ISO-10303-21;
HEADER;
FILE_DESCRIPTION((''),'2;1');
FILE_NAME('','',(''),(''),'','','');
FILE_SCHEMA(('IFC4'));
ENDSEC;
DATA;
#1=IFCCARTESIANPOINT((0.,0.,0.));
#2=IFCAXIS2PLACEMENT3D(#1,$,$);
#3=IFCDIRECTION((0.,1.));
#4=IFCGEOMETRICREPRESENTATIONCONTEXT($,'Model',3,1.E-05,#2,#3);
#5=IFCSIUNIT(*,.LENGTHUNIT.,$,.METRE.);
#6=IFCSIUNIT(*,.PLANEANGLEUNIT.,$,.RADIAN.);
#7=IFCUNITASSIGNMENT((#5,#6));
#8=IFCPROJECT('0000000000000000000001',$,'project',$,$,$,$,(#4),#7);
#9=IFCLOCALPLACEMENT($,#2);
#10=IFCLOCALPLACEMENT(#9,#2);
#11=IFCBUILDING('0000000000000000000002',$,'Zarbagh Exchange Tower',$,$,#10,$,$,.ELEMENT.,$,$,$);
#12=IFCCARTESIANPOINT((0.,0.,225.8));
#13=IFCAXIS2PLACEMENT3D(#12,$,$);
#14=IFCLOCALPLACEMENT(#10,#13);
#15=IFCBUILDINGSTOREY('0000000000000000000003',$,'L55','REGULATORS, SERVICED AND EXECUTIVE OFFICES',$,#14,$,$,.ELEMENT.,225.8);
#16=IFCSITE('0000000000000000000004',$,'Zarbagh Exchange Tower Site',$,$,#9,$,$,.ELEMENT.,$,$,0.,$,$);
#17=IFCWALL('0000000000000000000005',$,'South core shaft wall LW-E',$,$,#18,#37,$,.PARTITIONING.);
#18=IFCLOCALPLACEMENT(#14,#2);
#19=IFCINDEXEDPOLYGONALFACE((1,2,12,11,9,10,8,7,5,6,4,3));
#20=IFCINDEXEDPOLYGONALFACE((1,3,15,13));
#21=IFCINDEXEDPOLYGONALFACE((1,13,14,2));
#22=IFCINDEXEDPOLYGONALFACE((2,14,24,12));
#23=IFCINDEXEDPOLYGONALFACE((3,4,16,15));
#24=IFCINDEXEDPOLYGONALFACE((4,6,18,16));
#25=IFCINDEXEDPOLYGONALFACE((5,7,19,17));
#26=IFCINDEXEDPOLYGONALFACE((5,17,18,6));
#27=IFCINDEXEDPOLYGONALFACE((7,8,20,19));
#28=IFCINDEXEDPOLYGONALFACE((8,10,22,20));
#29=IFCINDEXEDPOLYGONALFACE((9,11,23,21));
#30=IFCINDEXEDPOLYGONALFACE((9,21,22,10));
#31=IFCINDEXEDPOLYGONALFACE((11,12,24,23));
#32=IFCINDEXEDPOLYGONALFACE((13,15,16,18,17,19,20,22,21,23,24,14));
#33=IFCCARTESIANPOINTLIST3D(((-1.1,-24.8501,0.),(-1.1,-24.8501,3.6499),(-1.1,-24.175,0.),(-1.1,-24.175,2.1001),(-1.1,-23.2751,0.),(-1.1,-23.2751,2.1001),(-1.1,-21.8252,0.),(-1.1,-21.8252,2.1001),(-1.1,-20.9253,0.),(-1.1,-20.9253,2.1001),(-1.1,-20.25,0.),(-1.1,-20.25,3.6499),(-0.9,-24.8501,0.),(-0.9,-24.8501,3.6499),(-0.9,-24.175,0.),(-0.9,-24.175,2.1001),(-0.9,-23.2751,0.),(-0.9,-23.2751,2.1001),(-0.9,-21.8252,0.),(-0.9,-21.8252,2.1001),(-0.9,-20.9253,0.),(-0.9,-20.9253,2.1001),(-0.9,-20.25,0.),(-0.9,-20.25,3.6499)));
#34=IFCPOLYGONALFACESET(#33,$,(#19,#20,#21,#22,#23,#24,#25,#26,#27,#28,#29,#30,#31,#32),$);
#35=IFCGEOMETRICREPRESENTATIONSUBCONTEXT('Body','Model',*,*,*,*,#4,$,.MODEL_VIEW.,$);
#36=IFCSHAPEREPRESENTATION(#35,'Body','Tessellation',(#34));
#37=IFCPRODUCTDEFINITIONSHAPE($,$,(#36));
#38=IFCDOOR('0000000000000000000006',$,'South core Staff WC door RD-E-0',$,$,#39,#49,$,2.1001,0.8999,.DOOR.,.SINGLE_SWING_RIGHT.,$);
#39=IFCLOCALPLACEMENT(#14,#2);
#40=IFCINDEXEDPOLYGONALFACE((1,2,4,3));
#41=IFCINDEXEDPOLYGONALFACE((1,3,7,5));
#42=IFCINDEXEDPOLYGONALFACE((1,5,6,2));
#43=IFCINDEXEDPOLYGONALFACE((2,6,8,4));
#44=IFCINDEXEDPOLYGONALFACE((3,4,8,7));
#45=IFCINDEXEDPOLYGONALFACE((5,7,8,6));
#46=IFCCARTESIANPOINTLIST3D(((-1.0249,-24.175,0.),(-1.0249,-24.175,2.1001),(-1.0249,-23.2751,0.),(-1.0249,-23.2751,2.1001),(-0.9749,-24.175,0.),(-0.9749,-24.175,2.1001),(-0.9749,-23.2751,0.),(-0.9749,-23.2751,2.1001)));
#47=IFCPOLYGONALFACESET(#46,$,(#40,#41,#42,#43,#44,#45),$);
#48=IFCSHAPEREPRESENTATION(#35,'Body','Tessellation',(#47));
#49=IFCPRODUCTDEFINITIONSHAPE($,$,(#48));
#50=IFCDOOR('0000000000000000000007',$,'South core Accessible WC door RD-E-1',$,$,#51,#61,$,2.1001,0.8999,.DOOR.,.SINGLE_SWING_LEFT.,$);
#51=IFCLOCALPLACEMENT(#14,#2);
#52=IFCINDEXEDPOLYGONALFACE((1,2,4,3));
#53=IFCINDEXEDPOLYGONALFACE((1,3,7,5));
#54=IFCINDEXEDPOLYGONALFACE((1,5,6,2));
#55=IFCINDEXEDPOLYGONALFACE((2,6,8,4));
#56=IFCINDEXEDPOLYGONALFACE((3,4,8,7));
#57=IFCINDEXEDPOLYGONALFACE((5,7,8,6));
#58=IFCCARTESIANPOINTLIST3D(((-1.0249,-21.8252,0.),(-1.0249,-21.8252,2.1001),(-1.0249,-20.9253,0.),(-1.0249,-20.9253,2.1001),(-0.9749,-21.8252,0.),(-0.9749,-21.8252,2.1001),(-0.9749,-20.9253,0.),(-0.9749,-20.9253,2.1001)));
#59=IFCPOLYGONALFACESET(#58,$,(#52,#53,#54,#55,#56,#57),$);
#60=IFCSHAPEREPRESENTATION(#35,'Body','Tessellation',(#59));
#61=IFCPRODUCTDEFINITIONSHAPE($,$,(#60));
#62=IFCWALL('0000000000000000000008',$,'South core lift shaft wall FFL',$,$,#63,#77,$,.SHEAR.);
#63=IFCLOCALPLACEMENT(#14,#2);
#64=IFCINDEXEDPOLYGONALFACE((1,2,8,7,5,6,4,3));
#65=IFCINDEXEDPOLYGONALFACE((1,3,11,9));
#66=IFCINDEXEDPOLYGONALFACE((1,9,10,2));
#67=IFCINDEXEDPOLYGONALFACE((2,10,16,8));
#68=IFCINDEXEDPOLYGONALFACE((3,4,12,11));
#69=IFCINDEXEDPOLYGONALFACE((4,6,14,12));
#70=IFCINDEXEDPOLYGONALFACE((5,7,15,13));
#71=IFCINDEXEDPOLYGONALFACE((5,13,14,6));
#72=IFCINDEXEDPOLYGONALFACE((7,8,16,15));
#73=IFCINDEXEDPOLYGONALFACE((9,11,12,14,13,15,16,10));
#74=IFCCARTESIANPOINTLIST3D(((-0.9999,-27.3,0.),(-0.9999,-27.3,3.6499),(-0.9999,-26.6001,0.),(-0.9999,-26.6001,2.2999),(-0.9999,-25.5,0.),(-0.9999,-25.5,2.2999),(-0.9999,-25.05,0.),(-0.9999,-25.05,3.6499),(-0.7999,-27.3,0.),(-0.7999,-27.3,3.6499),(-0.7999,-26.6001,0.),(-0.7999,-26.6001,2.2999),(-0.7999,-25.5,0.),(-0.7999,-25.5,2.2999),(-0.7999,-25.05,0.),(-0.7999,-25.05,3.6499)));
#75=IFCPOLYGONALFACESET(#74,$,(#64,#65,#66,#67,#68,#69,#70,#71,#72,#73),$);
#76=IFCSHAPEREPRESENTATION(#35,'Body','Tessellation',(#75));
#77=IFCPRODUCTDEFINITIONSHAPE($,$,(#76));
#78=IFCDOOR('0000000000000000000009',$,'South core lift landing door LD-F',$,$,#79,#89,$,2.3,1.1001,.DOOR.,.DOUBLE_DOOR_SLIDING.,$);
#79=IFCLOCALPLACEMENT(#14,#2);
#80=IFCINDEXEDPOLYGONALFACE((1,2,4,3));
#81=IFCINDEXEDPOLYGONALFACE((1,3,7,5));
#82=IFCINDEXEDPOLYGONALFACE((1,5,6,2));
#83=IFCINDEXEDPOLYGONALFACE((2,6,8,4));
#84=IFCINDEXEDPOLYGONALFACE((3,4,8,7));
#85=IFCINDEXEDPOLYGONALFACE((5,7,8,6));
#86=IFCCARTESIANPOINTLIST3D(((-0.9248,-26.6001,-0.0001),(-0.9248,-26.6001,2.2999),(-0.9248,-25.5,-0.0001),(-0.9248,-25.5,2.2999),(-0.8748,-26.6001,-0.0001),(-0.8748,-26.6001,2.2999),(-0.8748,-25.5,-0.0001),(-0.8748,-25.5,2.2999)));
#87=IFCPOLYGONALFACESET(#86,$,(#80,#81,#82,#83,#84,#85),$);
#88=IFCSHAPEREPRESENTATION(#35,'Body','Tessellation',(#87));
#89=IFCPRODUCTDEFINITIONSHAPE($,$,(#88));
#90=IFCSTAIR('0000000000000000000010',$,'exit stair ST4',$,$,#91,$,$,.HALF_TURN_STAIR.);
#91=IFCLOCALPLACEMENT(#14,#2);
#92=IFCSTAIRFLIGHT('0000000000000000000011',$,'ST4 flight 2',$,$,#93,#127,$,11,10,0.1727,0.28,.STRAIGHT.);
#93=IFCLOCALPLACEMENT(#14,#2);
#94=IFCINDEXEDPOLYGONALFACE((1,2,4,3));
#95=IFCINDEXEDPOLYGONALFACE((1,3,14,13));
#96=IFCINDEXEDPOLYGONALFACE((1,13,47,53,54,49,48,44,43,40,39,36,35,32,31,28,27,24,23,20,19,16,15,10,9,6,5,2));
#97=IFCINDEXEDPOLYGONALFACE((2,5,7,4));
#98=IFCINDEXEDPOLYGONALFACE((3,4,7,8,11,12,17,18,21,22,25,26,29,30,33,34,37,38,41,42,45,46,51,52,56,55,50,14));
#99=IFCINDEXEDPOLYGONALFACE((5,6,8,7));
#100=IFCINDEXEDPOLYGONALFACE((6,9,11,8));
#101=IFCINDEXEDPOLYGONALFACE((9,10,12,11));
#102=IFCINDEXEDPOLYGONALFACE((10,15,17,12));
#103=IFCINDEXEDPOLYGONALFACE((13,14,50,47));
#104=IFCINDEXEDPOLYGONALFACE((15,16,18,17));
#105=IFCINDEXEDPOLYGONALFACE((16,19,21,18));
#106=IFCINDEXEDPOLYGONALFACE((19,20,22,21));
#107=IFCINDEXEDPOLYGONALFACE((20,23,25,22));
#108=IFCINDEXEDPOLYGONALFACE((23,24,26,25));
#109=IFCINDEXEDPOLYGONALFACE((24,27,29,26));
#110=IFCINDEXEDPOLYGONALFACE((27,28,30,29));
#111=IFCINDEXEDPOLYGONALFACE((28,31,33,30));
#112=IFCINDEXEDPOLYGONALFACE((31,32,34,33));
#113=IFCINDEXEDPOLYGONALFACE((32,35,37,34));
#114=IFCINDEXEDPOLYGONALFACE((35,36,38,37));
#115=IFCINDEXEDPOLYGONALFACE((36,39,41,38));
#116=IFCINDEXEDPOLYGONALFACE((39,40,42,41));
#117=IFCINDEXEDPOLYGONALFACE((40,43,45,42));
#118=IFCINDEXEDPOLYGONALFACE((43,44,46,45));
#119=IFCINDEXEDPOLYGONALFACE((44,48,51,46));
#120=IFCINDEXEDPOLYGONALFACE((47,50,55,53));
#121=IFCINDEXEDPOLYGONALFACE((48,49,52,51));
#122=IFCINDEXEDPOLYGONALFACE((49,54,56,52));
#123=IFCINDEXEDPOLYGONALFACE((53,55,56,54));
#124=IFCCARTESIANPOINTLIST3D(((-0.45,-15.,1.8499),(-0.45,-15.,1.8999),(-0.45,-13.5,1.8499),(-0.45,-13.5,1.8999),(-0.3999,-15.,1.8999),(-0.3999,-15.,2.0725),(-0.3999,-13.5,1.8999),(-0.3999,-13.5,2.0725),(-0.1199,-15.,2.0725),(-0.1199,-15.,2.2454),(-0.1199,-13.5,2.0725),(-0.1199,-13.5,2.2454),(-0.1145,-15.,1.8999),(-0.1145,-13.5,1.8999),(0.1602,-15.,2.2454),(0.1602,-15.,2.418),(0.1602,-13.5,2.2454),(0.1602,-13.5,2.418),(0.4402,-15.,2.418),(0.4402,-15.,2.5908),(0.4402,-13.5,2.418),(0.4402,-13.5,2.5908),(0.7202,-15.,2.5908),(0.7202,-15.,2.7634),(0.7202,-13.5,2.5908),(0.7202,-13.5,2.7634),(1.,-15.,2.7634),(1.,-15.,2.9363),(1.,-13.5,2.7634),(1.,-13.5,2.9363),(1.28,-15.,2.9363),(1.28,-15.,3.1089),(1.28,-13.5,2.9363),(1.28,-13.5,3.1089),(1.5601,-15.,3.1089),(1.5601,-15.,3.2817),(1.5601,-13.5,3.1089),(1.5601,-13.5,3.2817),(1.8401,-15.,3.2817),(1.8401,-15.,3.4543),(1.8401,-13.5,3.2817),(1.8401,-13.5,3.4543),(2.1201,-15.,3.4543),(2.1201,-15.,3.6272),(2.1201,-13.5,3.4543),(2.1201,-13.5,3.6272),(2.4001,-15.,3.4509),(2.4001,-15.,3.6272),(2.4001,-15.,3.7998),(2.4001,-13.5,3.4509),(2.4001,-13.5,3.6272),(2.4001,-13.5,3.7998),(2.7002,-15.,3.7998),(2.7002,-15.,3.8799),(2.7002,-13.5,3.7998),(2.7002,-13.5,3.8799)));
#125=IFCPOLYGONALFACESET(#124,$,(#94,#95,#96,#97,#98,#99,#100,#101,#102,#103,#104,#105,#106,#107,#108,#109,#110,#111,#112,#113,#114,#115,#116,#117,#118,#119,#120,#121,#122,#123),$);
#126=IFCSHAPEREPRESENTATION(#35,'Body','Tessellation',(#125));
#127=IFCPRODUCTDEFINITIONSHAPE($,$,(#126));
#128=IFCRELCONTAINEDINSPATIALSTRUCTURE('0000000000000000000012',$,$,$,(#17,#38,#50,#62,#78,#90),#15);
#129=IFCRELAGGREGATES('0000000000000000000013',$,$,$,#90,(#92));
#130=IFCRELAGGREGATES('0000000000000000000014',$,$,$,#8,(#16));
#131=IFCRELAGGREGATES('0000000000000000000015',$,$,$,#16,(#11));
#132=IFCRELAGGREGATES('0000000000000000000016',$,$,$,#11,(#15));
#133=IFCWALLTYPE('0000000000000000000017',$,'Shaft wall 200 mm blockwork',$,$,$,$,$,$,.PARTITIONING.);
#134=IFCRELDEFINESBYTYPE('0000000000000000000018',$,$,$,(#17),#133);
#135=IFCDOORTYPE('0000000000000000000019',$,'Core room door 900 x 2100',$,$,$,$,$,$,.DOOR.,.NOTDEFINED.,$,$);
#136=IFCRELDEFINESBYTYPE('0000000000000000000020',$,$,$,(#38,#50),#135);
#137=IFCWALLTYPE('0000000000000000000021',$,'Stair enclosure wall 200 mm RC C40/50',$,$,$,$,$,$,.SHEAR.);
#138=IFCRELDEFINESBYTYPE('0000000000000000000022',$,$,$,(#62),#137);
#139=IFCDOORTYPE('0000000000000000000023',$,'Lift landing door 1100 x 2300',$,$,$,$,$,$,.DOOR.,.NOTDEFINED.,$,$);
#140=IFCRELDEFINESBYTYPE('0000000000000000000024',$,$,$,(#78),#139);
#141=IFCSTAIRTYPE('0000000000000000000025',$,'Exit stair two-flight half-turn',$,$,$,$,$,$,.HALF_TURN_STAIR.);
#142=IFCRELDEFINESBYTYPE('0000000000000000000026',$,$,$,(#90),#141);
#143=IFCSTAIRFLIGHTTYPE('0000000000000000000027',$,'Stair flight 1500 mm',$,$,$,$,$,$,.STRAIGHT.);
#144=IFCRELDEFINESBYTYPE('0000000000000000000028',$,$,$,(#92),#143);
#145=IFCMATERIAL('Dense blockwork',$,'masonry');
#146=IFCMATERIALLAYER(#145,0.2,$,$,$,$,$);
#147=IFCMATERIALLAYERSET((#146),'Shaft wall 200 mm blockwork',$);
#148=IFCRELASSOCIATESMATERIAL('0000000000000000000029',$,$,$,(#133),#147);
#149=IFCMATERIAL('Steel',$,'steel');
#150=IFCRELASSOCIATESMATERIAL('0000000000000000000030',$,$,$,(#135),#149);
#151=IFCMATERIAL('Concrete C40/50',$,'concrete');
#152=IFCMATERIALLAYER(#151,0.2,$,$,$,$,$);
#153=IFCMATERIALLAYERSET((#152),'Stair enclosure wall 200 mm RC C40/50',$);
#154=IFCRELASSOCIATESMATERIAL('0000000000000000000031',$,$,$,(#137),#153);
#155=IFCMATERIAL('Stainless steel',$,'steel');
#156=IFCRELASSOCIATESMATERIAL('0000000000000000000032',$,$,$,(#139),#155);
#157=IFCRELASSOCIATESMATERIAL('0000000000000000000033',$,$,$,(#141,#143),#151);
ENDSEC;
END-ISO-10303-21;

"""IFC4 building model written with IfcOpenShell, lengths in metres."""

from ifc_helpers import new_model, si_unit, direction, frame, frame_2d, origin, place, context, subcontext, project, spatial, polyline, rectangle, outline, extrude, material, layer, layer_set, type_object, element, fill, aggregate, save


model = new_model("IFC4")

# Units and contexts
model_context = context("Model", 3, precision=1e-05, world=origin(), true_north=direction((0.0, 1.0)))
body_context = subcontext(model_context, "Body", "Model", "MODEL_VIEW")
ifc_project = project(units=[si_unit("LENGTHUNIT", "METRE"), si_unit("PLANEANGLEUNIT", "RADIAN")], contexts=[model_context])

# Site, building, storey
site_placement = place(None, origin())
site = spatial("IfcSite", under=ifc_project, at=site_placement, Name="Zarbagh Exchange Tower Site", CompositionType="ELEMENT", RefElevation=0.0)
building_placement = place(site_placement, origin())
building = spatial("IfcBuilding", under=site, at=building_placement, Name="Zarbagh Exchange Tower", CompositionType="ELEMENT")
storey_placement = place(building_placement, frame((0.0, 0.0, 225.8)))
storey = spatial("IfcBuildingStorey", under=building, at=storey_placement, Name="L55", Description="REGULATORS, SERVICED AND EXECUTIVE OFFICES", CompositionType="ELEMENT", Elevation=225.8)

# Shared definitions
ifc_material_1 = material(Name="Concrete C40/50", Category="concrete")

# Shared definitions
ifc_material_2 = material(Name="Dense blockwork", Category="masonry")

# Shared definitions
ifc_layer_1 = layer(ifc_material_2, 0.2)
ifc_layer_set_1 = layer_set([ifc_layer_1], Name="Shaft wall 200 mm blockwork")
wall_type_1 = type_object("IfcWallType", Name="Shaft wall 200 mm blockwork", PredefinedType="PARTITIONING", material=ifc_layer_set_1)

# Wall, openings, doors
wall_1_placement = place(storey_placement, frame((-1.0, -24.8501, 0.0), z_axis=(0.0, 0.0, 1.0), x_axis=(0.0, 1.0, 0.0)))
wall_1 = element("IfcWall", 1, at=wall_1_placement, inside=storey, type_object=wall_type_1, Name="South core shaft wall LW-E", PredefinedType="PARTITIONING", context=body_context, shape_type="SweptSolid", body=[
    extrude(rectangle(XDim=4.6001, YDim=0.2, at=frame_2d((2.3, 0.0))), origin(), (0.0, 0.0, 1.0), 3.6499),
])
opening_1_placement = place(wall_1_placement, frame((0.675, 0.0, 0.0)))
opening_1 = element("IfcOpeningElement", 2, at=opening_1_placement, cuts=wall_1, PredefinedType="OPENING", context=body_context, shape_type="SweptSolid", body=[
    extrude(rectangle(XDim=0.8999, YDim=2.1001, at=frame_2d((0.45, 1.05))), frame((0.0, 0.1099, 0.0), z_axis=(0.0, -1.0, 0.0), x_axis=(1.0, 0.0, 0.0)), (0.0, 0.0, 1.0), 0.22),
])
opening_2_placement = place(wall_1_placement, frame((3.0249, 0.0, 0.0)))
opening_2 = element("IfcOpeningElement", 3, at=opening_2_placement, cuts=wall_1, PredefinedType="OPENING", context=body_context, shape_type="SweptSolid", body=[
    extrude(rectangle(XDim=0.8999, YDim=2.1001, at=frame_2d((0.45, 1.05))), frame((0.0, 0.1099, 0.0), z_axis=(0.0, -1.0, 0.0), x_axis=(1.0, 0.0, 0.0)), (0.0, 0.0, 1.0), 0.22),
])
ifc_material_3 = material(Name="Steel", Category="steel")
door_type_1 = type_object("IfcDoorType", Name="Core room door 900 x 2100", OperationType="NOTDEFINED", PredefinedType="DOOR", material=ifc_material_3)
door_1_placement = place(opening_1_placement, origin())
door_1 = element("IfcDoor", 4, at=door_1_placement, inside=storey, type_object=door_type_1, Name="South core Staff WC door RD-E-0", OperationType="SINGLE_SWING_RIGHT", OverallHeight=2.1001, OverallWidth=0.8999, PredefinedType="DOOR", context=body_context, shape_type="SweptSolid", body=[
    extrude(rectangle(XDim=0.8999, YDim=2.1001, at=frame_2d((0.45, 1.05))), frame((0.0, 0.0249, 0.0), z_axis=(0.0, -1.0, 0.0), x_axis=(1.0, 0.0, 0.0)), (0.0, 0.0, 1.0), 0.05),
])
fill(opening_1, door_1)
door_2_placement = place(opening_2_placement, origin())
door_2 = element("IfcDoor", 5, at=door_2_placement, inside=storey, type_object=door_type_1, Name="South core Accessible WC door RD-E-1", OperationType="SINGLE_SWING_LEFT", OverallHeight=2.1001, OverallWidth=0.8999, PredefinedType="DOOR", context=body_context, shape_type="SweptSolid", body=[
    extrude(rectangle(XDim=0.8999, YDim=2.1001, at=frame_2d((0.45, 1.05))), frame((0.0, 0.0249, 0.0), z_axis=(0.0, -1.0, 0.0), x_axis=(1.0, 0.0, 0.0)), (0.0, 0.0, 1.0), 0.05),
])
fill(opening_2, door_2)

# Wall, opening, door
ifc_layer_2 = layer(ifc_material_1, 0.2)
ifc_layer_set_2 = layer_set([ifc_layer_2], Name="Stair enclosure wall 200 mm RC C40/50")
wall_type_2 = type_object("IfcWallType", Name="Stair enclosure wall 200 mm RC C40/50", PredefinedType="SHEAR", material=ifc_layer_set_2)
wall_2_placement = place(storey_placement, frame((-0.8999, -27.3, 0.0), z_axis=(0.0, 0.0, 1.0), x_axis=(0.0, 1.0, 0.0)))
wall_2 = element("IfcWall", 6, at=wall_2_placement, inside=storey, type_object=wall_type_2, Name="South core lift shaft wall FFL", PredefinedType="SHEAR", context=body_context, shape_type="SweptSolid", body=[
    extrude(rectangle(XDim=2.25, YDim=0.2, at=frame_2d((1.125, 0.0))), origin(), (0.0, 0.0, 1.0), 3.6499),
])
opening_3_placement = place(wall_2_placement, frame((0.7, 0.0, 0.0)))
opening_3 = element("IfcOpeningElement", 7, at=opening_3_placement, cuts=wall_2, PredefinedType="OPENING", context=body_context, shape_type="SweptSolid", body=[
    extrude(rectangle(XDim=1.1001, YDim=2.3, at=frame_2d((0.55, 1.1499))), frame((0.0, 0.1099, 0.0), z_axis=(0.0, -1.0, 0.0), x_axis=(1.0, 0.0, 0.0)), (0.0, 0.0, 1.0), 0.22),
])
ifc_material_4 = material(Name="Stainless steel", Category="steel")
door_type_2 = type_object("IfcDoorType", Name="Lift landing door 1100 x 2300", OperationType="NOTDEFINED", PredefinedType="DOOR", material=ifc_material_4)
door_3_placement = place(opening_3_placement, origin())
door_3 = element("IfcDoor", 8, at=door_3_placement, inside=storey, type_object=door_type_2, Name="South core lift landing door LD-F", OperationType="DOUBLE_DOOR_SLIDING", OverallHeight=2.3, OverallWidth=1.1001, PredefinedType="DOOR", context=body_context, shape_type="SweptSolid", body=[
    extrude(rectangle(XDim=1.1001, YDim=2.3, at=frame_2d((0.55, 1.1499))), frame((0.0, 0.0249, 0.0), z_axis=(0.0, -1.0, 0.0), x_axis=(1.0, 0.0, 0.0)), (0.0, 0.0, 1.0), 0.05),
])
fill(opening_3, door_3)

# Stair, stair flight
stair_type = type_object("IfcStairType", Name="Exit stair two-flight half-turn", PredefinedType="HALF_TURN_STAIR", material=ifc_material_1)
stair_placement = place(storey_placement, origin())
stair = element("IfcStair", 9, at=stair_placement, inside=storey, type_object=stair_type, Name="exit stair ST4", PredefinedType="HALF_TURN_STAIR")
stair_flight_type = type_object("IfcStairFlightType", Name="Stair flight 1500 mm", PredefinedType="STRAIGHT", material=ifc_material_1)
stair_flight_placement = place(storey_placement, frame((-0.3999, -14.25, 1.8999), z_axis=(0.0, 0.0, 1.0), x_axis=(1.0, 0.0, 0.0)))
stair_flight = element("IfcStairFlight", 10, at=stair_flight_placement, type_object=stair_flight_type, Name="ST4 flight 2", NumberOfRisers=11, NumberOfTreads=10, PredefinedType="STRAIGHT", RiserHeight=0.1727, TreadLength=0.28, context=body_context, shape_type="SweptSolid", body=[
    extrude(outline(polyline([(-0.05, -0.05), (-0.05, 0.0), (0.0, 0.0), (0.0, 0.1726), (0.28, 0.1726), (0.28, 0.3455), (0.5601, 0.3455), (0.5601, 0.5181), (0.8401, 0.5181), (0.8401, 0.6909), (1.1201, 0.6909), (1.1201, 0.8635), (1.3999, 0.8635), (1.3999, 1.0364), (1.6799, 1.0364), (1.6799, 1.209), (1.96, 1.209), (1.96, 1.3818), (2.24, 1.3818), (2.24, 1.5544), (2.52, 1.5544), (2.52, 1.7273), (2.8, 1.7273), (2.8, 1.8999), (3.1001, 1.98), (3.1001, 1.8999), (2.8, 1.551), (0.2854, 0.0), (-0.05, -0.05)])), frame((0.0, 0.75, 0.0), z_axis=(0.0, -1.0, 0.0), x_axis=(1.0, 0.0, 0.0)), (0.0, 0.0, 1.0), 1.5),
])
aggregate(stair, [stair_flight])

save(model, "model.ifc")
